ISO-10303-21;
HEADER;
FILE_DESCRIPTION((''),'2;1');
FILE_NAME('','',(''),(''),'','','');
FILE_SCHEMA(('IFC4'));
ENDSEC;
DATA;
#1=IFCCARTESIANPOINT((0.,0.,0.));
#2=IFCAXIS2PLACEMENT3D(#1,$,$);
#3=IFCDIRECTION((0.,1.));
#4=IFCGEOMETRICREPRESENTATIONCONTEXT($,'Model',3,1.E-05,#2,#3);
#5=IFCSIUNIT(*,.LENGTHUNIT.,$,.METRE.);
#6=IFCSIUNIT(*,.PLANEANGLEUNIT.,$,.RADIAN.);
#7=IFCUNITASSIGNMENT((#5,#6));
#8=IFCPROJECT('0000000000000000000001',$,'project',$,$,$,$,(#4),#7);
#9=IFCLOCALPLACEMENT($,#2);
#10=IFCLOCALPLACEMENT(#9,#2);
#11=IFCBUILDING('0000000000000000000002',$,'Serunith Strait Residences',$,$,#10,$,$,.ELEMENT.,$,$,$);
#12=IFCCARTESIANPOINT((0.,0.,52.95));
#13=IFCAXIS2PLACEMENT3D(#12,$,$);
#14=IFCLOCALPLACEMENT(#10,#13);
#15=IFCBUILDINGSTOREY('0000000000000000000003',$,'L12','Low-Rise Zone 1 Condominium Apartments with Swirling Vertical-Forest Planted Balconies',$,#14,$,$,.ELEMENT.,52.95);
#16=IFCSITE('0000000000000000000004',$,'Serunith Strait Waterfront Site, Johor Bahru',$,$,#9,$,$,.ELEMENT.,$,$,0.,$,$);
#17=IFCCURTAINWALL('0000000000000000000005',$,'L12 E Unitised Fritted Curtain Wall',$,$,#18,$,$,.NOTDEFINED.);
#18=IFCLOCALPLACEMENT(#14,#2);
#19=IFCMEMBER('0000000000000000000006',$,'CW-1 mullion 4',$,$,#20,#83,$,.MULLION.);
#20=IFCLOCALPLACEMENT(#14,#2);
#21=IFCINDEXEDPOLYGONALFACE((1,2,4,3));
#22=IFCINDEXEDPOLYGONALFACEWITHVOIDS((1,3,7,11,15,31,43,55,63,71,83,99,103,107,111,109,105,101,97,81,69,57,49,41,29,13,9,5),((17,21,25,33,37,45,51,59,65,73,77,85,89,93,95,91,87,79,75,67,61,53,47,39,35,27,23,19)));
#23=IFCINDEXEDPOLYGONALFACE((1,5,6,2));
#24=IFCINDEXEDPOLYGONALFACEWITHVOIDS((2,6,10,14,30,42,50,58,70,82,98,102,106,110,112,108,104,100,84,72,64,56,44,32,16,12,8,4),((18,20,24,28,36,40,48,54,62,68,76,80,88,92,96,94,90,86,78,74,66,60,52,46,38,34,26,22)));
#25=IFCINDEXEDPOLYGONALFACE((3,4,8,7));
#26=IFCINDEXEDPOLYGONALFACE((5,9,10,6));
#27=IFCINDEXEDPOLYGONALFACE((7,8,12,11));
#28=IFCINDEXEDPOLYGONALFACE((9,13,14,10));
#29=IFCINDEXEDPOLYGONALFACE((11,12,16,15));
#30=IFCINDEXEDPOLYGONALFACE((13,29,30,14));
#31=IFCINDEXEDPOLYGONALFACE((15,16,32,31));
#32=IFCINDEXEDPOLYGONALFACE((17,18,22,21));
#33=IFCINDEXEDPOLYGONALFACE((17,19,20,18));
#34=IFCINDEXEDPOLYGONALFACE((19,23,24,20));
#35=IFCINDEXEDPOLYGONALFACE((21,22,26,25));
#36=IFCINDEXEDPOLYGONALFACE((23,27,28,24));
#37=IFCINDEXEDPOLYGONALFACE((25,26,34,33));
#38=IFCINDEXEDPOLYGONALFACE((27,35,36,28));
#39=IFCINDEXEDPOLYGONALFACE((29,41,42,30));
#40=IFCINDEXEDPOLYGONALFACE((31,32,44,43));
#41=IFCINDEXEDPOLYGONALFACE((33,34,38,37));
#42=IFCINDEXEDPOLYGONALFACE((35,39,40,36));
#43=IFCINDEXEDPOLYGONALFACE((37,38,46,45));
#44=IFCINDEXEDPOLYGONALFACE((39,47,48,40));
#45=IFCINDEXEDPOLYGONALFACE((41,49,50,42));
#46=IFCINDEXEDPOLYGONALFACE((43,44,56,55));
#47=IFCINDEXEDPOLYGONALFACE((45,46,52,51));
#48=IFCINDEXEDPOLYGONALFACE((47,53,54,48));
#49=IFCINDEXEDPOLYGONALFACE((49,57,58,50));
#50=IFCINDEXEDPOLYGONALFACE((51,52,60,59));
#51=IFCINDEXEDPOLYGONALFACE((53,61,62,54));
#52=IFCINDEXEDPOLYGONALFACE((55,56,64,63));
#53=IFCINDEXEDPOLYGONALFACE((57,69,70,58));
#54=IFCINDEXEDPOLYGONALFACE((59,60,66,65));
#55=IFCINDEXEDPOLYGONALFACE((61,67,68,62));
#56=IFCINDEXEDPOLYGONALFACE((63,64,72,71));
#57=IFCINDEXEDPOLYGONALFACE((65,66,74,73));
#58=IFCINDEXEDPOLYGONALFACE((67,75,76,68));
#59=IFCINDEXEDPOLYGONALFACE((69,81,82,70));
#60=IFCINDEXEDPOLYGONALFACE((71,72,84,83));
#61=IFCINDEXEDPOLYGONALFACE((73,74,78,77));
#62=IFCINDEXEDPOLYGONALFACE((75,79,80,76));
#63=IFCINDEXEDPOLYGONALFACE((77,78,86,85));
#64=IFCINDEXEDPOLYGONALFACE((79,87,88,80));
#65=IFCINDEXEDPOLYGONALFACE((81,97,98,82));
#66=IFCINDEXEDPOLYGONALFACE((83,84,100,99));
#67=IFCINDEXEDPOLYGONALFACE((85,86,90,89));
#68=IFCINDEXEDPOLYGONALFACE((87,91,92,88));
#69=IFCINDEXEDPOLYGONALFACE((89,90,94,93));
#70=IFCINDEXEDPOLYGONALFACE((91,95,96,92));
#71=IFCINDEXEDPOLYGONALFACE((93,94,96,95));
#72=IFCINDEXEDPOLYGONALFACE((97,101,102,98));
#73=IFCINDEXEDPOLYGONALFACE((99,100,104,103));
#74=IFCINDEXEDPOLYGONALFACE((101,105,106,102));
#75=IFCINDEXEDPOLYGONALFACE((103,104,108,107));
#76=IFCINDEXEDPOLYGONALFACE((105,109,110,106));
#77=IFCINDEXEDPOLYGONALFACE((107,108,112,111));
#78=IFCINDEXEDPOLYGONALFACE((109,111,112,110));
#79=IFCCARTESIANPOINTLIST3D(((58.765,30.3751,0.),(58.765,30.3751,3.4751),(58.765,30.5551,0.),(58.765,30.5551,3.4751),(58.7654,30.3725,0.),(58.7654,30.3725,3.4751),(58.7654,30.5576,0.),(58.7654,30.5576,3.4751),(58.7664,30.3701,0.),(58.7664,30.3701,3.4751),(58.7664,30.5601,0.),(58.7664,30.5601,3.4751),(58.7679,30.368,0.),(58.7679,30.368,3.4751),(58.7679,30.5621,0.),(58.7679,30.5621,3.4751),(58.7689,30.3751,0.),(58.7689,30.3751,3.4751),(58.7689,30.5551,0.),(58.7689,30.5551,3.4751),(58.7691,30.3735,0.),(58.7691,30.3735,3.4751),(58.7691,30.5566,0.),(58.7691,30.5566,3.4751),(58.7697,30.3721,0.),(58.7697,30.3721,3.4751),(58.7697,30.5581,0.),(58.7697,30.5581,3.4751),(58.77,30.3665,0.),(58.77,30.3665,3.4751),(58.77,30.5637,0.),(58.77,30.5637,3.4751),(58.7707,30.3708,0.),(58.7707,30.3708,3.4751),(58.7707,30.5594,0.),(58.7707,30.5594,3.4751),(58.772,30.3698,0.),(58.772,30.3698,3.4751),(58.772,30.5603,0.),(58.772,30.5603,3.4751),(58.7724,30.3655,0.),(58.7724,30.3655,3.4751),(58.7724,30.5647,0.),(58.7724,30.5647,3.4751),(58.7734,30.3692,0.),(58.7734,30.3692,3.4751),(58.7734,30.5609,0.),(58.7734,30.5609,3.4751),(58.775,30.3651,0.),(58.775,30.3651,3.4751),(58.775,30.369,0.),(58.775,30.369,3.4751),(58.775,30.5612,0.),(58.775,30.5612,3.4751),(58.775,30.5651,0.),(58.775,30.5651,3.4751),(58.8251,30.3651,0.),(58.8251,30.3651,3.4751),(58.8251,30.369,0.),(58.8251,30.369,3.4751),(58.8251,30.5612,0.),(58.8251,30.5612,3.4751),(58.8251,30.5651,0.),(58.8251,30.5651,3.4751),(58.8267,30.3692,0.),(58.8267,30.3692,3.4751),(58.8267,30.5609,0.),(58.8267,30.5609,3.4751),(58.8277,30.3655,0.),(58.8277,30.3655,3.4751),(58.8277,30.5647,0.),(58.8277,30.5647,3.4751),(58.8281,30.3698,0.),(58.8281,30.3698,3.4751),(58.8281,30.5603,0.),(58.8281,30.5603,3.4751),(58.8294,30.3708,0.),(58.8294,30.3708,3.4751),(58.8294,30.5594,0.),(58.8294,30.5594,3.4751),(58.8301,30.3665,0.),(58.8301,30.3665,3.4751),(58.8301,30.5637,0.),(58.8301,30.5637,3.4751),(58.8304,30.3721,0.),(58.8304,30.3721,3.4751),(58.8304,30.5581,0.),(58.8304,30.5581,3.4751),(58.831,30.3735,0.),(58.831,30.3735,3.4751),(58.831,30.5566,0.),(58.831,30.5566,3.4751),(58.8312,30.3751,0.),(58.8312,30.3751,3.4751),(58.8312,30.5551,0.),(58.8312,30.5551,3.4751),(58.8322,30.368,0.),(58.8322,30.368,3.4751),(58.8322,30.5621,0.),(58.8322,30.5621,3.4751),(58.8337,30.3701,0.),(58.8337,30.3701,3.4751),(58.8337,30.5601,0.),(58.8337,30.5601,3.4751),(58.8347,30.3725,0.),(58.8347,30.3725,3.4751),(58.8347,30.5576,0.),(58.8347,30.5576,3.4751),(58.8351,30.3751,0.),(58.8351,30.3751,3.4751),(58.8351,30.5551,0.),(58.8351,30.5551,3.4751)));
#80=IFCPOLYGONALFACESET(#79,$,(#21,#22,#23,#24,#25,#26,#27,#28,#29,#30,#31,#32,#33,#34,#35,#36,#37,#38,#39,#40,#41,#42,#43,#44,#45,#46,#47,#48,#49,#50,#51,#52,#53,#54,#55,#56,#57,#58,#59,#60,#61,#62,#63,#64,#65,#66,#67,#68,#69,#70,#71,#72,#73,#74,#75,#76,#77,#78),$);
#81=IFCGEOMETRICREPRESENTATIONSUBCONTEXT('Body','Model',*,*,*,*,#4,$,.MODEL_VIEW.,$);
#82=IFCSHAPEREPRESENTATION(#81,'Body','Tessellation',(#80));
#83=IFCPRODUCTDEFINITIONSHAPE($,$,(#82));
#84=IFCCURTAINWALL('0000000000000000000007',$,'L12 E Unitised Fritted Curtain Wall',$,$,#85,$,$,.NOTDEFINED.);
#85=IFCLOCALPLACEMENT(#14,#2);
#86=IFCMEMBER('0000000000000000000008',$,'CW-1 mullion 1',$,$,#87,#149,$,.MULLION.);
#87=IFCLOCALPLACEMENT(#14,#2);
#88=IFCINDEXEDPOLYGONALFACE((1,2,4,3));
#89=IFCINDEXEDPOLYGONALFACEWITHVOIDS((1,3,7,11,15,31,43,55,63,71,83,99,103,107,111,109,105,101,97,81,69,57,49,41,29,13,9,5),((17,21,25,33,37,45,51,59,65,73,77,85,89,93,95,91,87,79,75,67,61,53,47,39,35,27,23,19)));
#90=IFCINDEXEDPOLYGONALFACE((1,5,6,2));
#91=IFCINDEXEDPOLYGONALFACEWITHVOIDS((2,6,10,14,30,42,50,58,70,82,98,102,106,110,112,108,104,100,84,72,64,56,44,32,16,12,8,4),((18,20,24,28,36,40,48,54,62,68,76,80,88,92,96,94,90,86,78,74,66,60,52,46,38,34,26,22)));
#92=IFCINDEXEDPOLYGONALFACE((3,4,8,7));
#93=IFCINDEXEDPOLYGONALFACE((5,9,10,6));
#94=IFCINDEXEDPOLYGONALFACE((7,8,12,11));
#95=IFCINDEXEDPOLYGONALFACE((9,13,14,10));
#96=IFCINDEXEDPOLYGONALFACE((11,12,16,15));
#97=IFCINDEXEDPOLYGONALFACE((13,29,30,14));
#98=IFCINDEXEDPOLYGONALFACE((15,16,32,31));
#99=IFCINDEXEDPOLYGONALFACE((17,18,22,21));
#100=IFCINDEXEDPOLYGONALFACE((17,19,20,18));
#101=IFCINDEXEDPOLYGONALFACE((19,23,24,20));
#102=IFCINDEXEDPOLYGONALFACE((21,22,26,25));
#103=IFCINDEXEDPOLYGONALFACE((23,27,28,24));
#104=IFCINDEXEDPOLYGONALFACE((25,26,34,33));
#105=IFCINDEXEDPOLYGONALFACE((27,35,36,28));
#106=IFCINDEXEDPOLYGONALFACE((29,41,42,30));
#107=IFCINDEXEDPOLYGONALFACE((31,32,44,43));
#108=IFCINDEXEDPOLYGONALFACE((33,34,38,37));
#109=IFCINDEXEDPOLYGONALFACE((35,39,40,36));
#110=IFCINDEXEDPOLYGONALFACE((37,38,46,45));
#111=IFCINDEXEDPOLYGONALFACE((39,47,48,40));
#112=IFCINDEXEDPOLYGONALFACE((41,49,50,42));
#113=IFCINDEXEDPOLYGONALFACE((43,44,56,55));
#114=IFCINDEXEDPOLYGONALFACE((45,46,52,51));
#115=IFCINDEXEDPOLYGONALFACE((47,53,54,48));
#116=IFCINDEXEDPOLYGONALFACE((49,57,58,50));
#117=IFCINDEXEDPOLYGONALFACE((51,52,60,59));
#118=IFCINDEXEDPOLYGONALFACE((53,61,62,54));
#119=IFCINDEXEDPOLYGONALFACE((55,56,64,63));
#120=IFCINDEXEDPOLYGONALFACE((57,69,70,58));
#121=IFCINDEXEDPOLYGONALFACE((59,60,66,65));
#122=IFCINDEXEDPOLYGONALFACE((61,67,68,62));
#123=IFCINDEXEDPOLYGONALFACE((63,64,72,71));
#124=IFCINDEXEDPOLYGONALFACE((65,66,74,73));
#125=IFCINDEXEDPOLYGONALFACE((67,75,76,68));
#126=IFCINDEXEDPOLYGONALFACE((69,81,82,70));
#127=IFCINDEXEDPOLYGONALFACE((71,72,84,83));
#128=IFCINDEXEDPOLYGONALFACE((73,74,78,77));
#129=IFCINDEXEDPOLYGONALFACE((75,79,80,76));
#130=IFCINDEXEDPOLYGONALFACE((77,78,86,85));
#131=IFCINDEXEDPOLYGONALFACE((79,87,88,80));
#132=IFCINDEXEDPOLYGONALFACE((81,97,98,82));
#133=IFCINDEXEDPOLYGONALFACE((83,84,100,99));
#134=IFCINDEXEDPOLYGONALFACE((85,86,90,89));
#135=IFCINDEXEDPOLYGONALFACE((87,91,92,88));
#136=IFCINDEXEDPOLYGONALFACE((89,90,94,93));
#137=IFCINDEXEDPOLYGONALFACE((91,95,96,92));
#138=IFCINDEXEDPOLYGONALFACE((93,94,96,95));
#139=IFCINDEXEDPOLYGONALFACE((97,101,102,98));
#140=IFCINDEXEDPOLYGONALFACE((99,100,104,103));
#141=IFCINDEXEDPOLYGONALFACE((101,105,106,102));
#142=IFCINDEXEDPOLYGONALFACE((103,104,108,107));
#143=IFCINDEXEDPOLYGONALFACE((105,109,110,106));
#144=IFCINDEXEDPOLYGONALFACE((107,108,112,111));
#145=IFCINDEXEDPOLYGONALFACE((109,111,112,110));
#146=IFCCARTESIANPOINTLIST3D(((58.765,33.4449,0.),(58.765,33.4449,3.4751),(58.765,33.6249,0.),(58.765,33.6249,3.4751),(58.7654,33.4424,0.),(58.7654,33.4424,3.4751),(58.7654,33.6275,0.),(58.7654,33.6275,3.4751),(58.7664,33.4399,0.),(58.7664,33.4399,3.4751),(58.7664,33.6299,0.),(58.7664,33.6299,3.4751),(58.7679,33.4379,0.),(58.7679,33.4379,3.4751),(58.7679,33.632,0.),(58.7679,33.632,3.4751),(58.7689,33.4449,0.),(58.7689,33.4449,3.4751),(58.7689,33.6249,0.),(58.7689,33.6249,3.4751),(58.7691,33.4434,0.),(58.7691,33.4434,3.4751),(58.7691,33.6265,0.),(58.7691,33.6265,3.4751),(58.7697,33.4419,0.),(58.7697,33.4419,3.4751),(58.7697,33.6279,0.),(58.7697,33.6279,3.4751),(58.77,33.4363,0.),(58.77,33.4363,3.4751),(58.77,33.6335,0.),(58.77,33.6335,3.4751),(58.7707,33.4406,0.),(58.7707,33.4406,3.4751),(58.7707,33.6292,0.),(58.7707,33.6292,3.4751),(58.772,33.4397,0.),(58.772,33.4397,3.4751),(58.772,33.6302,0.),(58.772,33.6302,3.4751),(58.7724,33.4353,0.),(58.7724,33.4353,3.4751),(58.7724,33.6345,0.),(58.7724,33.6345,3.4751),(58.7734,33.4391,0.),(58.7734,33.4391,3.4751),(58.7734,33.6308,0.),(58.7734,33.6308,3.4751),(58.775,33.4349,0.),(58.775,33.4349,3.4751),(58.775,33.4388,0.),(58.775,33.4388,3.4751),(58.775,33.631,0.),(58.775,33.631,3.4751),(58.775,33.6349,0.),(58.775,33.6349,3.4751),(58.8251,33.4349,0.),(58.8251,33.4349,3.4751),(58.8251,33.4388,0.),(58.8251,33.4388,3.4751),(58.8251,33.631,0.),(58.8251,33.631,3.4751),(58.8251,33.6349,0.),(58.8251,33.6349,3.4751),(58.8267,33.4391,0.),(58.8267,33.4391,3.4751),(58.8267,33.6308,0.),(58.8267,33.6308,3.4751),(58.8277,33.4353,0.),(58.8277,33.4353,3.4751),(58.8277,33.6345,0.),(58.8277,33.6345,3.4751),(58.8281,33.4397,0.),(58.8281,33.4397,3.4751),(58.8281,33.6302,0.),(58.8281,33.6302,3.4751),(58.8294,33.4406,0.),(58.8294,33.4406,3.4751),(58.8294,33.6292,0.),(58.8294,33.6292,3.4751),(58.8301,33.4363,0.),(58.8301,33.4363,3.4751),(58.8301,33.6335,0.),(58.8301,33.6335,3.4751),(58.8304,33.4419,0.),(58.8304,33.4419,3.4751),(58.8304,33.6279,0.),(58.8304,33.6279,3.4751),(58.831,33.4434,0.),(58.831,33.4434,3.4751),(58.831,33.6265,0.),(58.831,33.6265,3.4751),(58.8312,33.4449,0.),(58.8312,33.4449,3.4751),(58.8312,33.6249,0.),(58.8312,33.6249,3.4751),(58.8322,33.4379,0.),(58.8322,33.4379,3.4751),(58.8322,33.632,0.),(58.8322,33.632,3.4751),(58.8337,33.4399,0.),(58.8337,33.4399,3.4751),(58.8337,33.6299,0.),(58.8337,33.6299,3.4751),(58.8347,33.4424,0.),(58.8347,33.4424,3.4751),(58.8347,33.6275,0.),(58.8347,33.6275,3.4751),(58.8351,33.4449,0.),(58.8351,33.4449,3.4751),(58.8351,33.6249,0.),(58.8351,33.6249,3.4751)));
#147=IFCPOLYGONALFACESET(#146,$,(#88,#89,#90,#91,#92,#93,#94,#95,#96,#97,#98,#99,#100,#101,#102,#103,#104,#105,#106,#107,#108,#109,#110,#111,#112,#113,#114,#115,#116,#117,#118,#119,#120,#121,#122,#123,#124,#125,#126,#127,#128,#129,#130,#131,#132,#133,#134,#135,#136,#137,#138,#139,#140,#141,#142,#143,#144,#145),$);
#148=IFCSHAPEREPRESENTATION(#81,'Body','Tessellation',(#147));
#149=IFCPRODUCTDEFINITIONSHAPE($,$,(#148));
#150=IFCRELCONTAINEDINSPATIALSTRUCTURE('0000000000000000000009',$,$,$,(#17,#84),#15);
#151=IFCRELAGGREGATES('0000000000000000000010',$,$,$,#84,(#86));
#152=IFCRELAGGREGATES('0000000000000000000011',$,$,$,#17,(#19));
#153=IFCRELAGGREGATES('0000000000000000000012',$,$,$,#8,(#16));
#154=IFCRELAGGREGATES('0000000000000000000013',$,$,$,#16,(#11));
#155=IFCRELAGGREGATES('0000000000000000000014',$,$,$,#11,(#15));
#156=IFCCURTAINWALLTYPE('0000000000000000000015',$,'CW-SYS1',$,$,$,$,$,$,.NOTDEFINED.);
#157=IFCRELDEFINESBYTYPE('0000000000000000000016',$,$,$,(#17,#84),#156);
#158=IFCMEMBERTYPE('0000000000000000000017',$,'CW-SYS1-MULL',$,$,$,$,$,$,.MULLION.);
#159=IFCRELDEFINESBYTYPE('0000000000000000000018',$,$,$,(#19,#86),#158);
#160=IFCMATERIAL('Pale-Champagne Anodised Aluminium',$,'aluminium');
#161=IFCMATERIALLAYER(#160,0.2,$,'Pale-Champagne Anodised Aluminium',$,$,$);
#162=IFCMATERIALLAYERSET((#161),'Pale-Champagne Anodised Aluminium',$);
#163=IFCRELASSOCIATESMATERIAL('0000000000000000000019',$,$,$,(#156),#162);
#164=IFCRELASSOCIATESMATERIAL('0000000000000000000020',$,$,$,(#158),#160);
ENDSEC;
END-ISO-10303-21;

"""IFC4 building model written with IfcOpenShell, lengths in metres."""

from ifc_helpers import new_model, si_unit, direction, frame, origin, origin_2d, place, context, subcontext, project, spatial, hollow_rectangle, extrude, source, transform, mapped, material, layer, layer_set, material_profile, profile_set, type_object, element, aggregate, save


model = new_model("IFC4")

# Units and contexts
model_context = context("Model", 3, precision=1e-05, world=origin(), true_north=direction((0.0, 1.0)))
body_context = subcontext(model_context, "Body", "Model", "MODEL_VIEW")
ifc_project = project(units=[si_unit("LENGTHUNIT", "METRE"), si_unit("PLANEANGLEUNIT", "RADIAN")], contexts=[model_context])

# Site, building, storey
site_placement = place(None, origin())
site = spatial("IfcSite", under=ifc_project, at=site_placement, Name="Serunith Strait Waterfront Site, Johor Bahru", CompositionType="ELEMENT", RefElevation=0.0)
building_placement = place(site_placement, origin())
building = spatial("IfcBuilding", under=site, at=building_placement, Name="Serunith Strait Residences", CompositionType="ELEMENT")
storey_placement = place(building_placement, frame((0.0, 0.0, 52.95)))
storey = spatial("IfcBuildingStorey", under=building, at=storey_placement, Name="L12", Description="Low-Rise Zone 1 Condominium Apartments with Swirling Vertical-Forest Planted Balconies", CompositionType="ELEMENT", Elevation=52.95)

# Curtain wall, member
ifc_material_1 = material(Name="Pale-Champagne Anodised Aluminium", Category="aluminium")
ifc_layer_1 = layer(ifc_material_1, 0.2, Name="Pale-Champagne Anodised Aluminium")
ifc_layer_set_1 = layer_set([ifc_layer_1], Name="Pale-Champagne Anodised Aluminium")
curtain_wall_type = type_object("IfcCurtainWallType", Name="CW-SYS1", PredefinedType="NOTDEFINED", material=ifc_layer_set_1)
curtain_wall_1_placement = place(storey_placement, origin())
curtain_wall_1 = element("IfcCurtainWall", 1, at=curtain_wall_1_placement, inside=storey, type_object=curtain_wall_type, Name="L12 E Unitised Fritted Curtain Wall", PredefinedType="NOTDEFINED")
ifc_material_profile_1 = material_profile(ifc_material_1, hollow_rectangle(XDim=0.0701, YDim=0.2, WallThickness=0.0039, InnerFilletRadius=0.0061, OuterFilletRadius=0.01, at=origin_2d()), Name="ALU 200x70x4")
ifc_profile_set_1 = profile_set([ifc_material_profile_1], Name="Pale-Champagne Anodised Aluminium")
member_type_1 = type_object("IfcMemberType", Name="CW-SYS1-MULL", PredefinedType="MULLION", material=ifc_profile_set_1)
shared_shape_1 = source(origin(), body_context, "Body", "SweptSolid", [
    extrude(hollow_rectangle(XDim=0.0701, YDim=0.2, WallThickness=0.0039, InnerFilletRadius=0.0061, OuterFilletRadius=0.01, at=origin_2d()), origin(), (0.0, 0.0, 1.0), 3.4751),
])
member_1_placement = place(storey_placement, frame((58.8, 30.4651, 0.0), z_axis=(0.0, 0.0, 1.0), x_axis=(-1.0, 0.0, 0.0)))
member_1 = element("IfcMember", 2, at=member_1_placement, type_object=member_type_1, Name="CW-1 mullion 4", PredefinedType="MULLION", context=body_context, shape_type="MappedRepresentation", body=[
    mapped(shared_shape_1, transform((0.0, 0.0, 0.0), scale=1.0)),
])

# Curtain wall, member
curtain_wall_2_placement = place(storey_placement, origin())
curtain_wall_2 = element("IfcCurtainWall", 3, at=curtain_wall_2_placement, inside=storey, type_object=curtain_wall_type, Name="L12 E Unitised Fritted Curtain Wall", PredefinedType="NOTDEFINED")
member_2_placement = place(storey_placement, frame((58.8, 33.5349, 0.0), z_axis=(0.0, 0.0, 1.0), x_axis=(-1.0, 0.0, 0.0)))
member_2 = element("IfcMember", 4, at=member_2_placement, type_object=member_type_1, Name="CW-1 mullion 1", PredefinedType="MULLION", context=body_context, shape_type="MappedRepresentation", body=[
    mapped(shared_shape_1, transform((0.0, 0.0, 0.0), scale=1.0)),
])
aggregate(curtain_wall_2, [member_2])

aggregate(curtain_wall_1, [member_1])

save(model, "model.ifc")
